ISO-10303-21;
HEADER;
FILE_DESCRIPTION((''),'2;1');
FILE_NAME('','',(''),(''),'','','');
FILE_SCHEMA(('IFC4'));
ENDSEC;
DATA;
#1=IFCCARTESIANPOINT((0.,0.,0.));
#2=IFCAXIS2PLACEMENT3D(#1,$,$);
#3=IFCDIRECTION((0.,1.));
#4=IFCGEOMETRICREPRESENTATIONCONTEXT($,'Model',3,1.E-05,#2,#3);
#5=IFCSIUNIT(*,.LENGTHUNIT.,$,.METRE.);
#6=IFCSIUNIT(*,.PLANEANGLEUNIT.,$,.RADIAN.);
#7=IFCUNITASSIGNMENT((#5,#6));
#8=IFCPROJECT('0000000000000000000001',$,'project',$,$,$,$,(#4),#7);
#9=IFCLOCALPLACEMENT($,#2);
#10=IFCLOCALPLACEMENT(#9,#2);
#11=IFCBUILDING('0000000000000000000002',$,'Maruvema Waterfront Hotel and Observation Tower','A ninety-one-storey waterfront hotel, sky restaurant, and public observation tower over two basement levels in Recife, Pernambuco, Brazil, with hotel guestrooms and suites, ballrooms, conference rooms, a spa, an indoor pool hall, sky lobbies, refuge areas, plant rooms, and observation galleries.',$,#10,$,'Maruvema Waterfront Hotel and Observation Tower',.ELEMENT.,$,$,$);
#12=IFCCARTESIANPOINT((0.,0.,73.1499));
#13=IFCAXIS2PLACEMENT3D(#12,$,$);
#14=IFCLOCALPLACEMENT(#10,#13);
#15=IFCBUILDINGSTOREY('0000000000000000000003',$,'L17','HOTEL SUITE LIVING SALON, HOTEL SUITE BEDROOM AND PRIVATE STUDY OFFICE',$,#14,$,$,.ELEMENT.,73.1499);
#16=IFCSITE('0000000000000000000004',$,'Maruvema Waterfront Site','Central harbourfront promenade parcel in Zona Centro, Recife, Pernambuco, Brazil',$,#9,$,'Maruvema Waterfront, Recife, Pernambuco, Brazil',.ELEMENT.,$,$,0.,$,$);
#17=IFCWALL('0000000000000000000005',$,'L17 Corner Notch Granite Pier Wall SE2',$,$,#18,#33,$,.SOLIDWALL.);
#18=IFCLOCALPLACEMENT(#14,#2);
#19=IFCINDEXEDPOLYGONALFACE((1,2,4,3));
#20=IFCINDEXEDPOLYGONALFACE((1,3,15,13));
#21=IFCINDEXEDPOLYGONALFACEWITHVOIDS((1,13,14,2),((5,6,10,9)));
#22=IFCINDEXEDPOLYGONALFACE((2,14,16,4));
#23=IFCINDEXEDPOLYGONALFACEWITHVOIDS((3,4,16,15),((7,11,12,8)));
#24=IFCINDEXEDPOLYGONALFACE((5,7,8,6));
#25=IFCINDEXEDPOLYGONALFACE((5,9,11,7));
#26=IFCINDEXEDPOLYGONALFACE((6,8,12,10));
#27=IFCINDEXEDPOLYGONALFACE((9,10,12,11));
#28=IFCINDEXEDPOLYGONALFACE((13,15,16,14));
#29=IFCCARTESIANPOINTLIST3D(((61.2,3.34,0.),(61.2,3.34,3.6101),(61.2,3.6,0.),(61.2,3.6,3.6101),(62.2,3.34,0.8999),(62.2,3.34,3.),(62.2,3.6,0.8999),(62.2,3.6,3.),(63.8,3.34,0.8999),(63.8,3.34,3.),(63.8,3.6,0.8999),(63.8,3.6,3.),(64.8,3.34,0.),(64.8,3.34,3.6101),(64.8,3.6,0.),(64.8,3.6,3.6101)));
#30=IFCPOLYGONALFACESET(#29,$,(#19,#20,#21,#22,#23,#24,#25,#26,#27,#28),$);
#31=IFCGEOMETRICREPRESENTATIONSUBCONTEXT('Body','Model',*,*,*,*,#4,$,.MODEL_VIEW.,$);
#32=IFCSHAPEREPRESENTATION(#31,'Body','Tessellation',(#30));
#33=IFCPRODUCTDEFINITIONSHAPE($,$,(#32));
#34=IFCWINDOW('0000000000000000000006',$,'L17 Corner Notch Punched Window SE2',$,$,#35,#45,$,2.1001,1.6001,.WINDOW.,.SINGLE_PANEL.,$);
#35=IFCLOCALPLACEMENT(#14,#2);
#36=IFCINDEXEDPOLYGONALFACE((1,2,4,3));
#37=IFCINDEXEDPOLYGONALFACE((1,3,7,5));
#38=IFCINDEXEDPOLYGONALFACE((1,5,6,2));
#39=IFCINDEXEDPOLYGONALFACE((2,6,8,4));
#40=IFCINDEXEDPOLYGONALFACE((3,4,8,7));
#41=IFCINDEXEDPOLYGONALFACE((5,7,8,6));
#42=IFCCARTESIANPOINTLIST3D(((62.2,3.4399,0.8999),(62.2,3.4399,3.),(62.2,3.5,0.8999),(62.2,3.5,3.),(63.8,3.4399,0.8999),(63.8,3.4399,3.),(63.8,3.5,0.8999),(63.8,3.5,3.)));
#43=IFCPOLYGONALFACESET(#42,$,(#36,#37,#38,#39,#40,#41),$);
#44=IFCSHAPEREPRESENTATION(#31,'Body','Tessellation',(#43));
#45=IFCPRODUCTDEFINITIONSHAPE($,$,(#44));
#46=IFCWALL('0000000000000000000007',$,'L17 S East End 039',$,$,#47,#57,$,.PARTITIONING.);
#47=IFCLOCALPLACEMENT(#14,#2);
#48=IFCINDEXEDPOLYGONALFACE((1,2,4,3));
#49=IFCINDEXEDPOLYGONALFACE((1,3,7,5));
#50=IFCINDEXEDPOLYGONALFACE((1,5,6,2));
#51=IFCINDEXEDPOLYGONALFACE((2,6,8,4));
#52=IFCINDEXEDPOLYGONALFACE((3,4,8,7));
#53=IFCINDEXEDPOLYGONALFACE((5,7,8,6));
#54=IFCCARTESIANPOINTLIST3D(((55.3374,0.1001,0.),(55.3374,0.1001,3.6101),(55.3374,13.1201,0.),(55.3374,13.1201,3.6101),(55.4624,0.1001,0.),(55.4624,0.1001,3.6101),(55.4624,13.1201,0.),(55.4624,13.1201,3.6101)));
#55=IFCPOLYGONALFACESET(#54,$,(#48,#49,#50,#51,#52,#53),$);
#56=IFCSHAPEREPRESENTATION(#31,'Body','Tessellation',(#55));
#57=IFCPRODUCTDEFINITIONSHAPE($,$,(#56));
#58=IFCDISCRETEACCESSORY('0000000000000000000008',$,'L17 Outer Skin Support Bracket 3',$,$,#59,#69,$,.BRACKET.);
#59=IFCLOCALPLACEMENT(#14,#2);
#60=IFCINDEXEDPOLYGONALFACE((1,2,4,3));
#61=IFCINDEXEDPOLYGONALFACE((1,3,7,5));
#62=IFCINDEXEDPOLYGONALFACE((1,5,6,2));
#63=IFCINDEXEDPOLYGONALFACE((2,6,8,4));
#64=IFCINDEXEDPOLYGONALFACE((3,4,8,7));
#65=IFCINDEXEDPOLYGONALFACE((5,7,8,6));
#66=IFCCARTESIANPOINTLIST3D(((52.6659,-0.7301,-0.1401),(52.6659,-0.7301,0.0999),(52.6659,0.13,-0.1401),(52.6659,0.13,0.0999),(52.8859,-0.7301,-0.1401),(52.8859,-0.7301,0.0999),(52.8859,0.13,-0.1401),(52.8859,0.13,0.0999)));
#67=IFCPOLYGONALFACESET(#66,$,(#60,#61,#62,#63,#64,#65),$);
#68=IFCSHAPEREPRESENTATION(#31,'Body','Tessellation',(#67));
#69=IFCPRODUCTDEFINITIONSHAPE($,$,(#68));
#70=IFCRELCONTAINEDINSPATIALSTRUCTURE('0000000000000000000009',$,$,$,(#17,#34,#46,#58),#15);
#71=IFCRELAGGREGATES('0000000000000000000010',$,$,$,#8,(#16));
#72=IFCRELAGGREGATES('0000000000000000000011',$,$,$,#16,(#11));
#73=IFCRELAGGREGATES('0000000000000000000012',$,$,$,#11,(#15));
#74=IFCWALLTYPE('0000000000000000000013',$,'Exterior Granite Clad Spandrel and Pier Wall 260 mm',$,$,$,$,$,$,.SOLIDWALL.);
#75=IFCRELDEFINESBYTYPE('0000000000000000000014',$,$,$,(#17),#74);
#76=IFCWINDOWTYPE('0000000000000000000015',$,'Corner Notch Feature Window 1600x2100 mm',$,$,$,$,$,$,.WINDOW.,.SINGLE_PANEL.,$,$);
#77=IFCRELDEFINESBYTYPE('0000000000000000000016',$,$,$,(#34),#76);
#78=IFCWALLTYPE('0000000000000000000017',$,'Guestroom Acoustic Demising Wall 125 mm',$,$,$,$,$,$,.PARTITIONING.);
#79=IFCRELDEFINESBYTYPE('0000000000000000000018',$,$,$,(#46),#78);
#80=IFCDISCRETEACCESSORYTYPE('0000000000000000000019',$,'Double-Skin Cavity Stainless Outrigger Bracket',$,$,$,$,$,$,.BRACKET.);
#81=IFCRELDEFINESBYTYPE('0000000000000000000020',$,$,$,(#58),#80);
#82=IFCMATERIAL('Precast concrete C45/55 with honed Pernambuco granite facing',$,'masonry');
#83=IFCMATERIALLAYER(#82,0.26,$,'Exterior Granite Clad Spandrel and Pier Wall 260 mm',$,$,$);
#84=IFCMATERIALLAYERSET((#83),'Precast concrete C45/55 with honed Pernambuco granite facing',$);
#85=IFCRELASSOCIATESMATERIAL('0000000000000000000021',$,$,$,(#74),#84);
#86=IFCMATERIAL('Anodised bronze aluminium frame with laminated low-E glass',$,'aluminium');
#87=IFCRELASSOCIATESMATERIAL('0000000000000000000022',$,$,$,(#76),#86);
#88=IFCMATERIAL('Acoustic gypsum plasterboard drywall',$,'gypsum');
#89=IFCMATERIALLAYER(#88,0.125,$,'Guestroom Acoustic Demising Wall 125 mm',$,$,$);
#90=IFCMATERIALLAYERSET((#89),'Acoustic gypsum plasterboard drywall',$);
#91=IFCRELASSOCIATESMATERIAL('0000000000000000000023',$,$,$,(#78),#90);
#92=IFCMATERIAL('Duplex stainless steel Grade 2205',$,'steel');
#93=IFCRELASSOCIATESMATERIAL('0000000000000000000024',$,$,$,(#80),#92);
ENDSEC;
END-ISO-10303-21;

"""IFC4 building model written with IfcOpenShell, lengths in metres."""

from ifc_helpers import new_model, si_unit, direction, frame, frame_2d, origin, origin_2d, place, context, subcontext, project, spatial, rectangle, extrude, material, layer, layer_set, type_object, element, fill, save


model = new_model("IFC4")

# Units and contexts
model_context = context("Model", 3, precision=1e-05, world=origin(), true_north=direction((0.0, 1.0)))
body_context = subcontext(model_context, "Body", "Model", "MODEL_VIEW")
ifc_project = project(units=[si_unit("LENGTHUNIT", "METRE"), si_unit("PLANEANGLEUNIT", "RADIAN")], contexts=[model_context])

# Site, building, storey
site_placement = place(None, origin())
site = spatial("IfcSite", under=ifc_project, at=site_placement, Name="Maruvema Waterfront Site", Description="Central harbourfront promenade parcel in Zona Centro, Recife, Pernambuco, Brazil", LongName="Maruvema Waterfront, Recife, Pernambuco, Brazil", CompositionType="ELEMENT", RefElevation=0.0)
building_placement = place(site_placement, origin())
building = spatial("IfcBuilding", under=site, at=building_placement, Name="Maruvema Waterfront Hotel and Observation Tower", Description="A ninety-one-storey waterfront hotel, sky restaurant, and public observation tower over two basement levels in Recife, Pernambuco, Brazil, with hotel guestrooms and suites, ballrooms, conference rooms, a spa, an indoor pool hall, sky lobbies, refuge areas, plant rooms, and observation galleries.", LongName="Maruvema Waterfront Hotel and Observation Tower", CompositionType="ELEMENT")
storey_placement = place(building_placement, frame((0.0, 0.0, 73.1499)))
storey = spatial("IfcBuildingStorey", under=building, at=storey_placement, Name="L17", Description="HOTEL SUITE LIVING SALON, HOTEL SUITE BEDROOM AND PRIVATE STUDY OFFICE", CompositionType="ELEMENT", Elevation=73.1499)

# Shared definitions
ifc_material_1 = material(Name="Precast concrete C45/55 with honed Pernambuco granite facing", Category="masonry")
ifc_layer_1 = layer(ifc_material_1, 0.26, Name="Exterior Granite Clad Spandrel and Pier Wall 260 mm")
ifc_layer_set_1 = layer_set([ifc_layer_1], Name="Precast concrete C45/55 with honed Pernambuco granite facing")
wall_type_1 = type_object("IfcWallType", Name="Exterior Granite Clad Spandrel and Pier Wall 260 mm", PredefinedType="SOLIDWALL", material=ifc_layer_set_1)

# Wall, opening, window
wall_1_placement = place(storey_placement, frame((64.8, 3.47, 0.0), z_axis=(0.0, 0.0, 1.0), x_axis=(-1.0, 0.0, 0.0)))
wall_1 = element("IfcWall", 1, at=wall_1_placement, inside=storey, type_object=wall_type_1, Name="L17 Corner Notch Granite Pier Wall SE2", PredefinedType="SOLIDWALL", context=body_context, shape_type="SweptSolid", body=[
    extrude(rectangle(XDim=3.6001, YDim=0.26, at=frame_2d((1.8, 0.0))), origin(), (0.0, 0.0, 1.0), 3.6101),
])
opening_placement = place(wall_1_placement, frame((1.0, 0.0, 0.8999)))
opening = element("IfcOpeningElement", 2, at=opening_placement, cuts=wall_1, PredefinedType="OPENING", context=body_context, shape_type="SweptSolid", body=[
    extrude(rectangle(XDim=1.6001, YDim=2.1001, at=frame_2d((0.8, 1.05))), frame((0.0, 0.1401, 0.0), z_axis=(0.0, -1.0, 0.0), x_axis=(1.0, 0.0, 0.0)), (0.0, 0.0, 1.0), 0.28),
])
ifc_material_2 = material(Name="Anodised bronze aluminium frame with laminated low-E glass", Category="aluminium")
window_type = type_object("IfcWindowType", Name="Corner Notch Feature Window 1600x2100 mm", PartitioningType="SINGLE_PANEL", PredefinedType="WINDOW", material=ifc_material_2)
window_placement = place(opening_placement, origin())
window = element("IfcWindow", 3, at=window_placement, inside=storey, type_object=window_type, Name="L17 Corner Notch Punched Window SE2", OverallHeight=2.1001, OverallWidth=1.6001, PartitioningType="SINGLE_PANEL", PredefinedType="WINDOW", context=body_context, shape_type="SweptSolid", body=[
    extrude(rectangle(XDim=1.6001, YDim=2.1001, at=frame_2d((0.8, 1.05))), frame((0.0, 0.03, 0.0), z_axis=(0.0, -1.0, 0.0), x_axis=(1.0, 0.0, 0.0)), (0.0, 0.0, 1.0), 0.0601),
])
fill(opening, window)

# Wall
ifc_material_3 = material(Name="Acoustic gypsum plasterboard drywall", Category="gypsum")
ifc_layer_2 = layer(ifc_material_3, 0.125, Name="Guestroom Acoustic Demising Wall 125 mm")
ifc_layer_set_2 = layer_set([ifc_layer_2], Name="Acoustic gypsum plasterboard drywall")
wall_type_2 = type_object("IfcWallType", Name="Guestroom Acoustic Demising Wall 125 mm", PredefinedType="PARTITIONING", material=ifc_layer_set_2)
wall_2_placement = place(storey_placement, frame((55.3999, 0.1001, 0.0), z_axis=(0.0, 0.0, 1.0), x_axis=(0.0, 1.0, 0.0)))
element("IfcWall", 4, at=wall_2_placement, inside=storey, type_object=wall_type_2, Name="L17 S East End 039", PredefinedType="PARTITIONING", context=body_context, shape_type="SweptSolid", body=[
    extrude(rectangle(XDim=13.02, YDim=0.125, at=frame_2d((6.51, 0.0))), origin(), (0.0, 0.0, 1.0), 3.6101),
])

# Discrete accessory
ifc_material_4 = material(Name="Duplex stainless steel Grade 2205", Category="steel")
discrete_accessory_type = type_object("IfcDiscreteAccessoryType", Name="Double-Skin Cavity Stainless Outrigger Bracket", PredefinedType="BRACKET", material=ifc_material_4)
discrete_accessory_placement = place(storey_placement, frame((52.7759, -0.3, -0.1401), z_axis=(0.0, 0.0, 1.0), x_axis=(1.0, 0.0, 0.0)))
element("IfcDiscreteAccessory", 5, at=discrete_accessory_placement, inside=storey, type_object=discrete_accessory_type, Name="L17 Outer Skin Support Bracket 3", PredefinedType="BRACKET", context=body_context, shape_type="SweptSolid", body=[
    extrude(rectangle(XDim=0.22, YDim=0.8601, at=origin_2d()), origin(), (0.0, 0.0, 1.0), 0.24),
])

save(model, "model.ifc")
